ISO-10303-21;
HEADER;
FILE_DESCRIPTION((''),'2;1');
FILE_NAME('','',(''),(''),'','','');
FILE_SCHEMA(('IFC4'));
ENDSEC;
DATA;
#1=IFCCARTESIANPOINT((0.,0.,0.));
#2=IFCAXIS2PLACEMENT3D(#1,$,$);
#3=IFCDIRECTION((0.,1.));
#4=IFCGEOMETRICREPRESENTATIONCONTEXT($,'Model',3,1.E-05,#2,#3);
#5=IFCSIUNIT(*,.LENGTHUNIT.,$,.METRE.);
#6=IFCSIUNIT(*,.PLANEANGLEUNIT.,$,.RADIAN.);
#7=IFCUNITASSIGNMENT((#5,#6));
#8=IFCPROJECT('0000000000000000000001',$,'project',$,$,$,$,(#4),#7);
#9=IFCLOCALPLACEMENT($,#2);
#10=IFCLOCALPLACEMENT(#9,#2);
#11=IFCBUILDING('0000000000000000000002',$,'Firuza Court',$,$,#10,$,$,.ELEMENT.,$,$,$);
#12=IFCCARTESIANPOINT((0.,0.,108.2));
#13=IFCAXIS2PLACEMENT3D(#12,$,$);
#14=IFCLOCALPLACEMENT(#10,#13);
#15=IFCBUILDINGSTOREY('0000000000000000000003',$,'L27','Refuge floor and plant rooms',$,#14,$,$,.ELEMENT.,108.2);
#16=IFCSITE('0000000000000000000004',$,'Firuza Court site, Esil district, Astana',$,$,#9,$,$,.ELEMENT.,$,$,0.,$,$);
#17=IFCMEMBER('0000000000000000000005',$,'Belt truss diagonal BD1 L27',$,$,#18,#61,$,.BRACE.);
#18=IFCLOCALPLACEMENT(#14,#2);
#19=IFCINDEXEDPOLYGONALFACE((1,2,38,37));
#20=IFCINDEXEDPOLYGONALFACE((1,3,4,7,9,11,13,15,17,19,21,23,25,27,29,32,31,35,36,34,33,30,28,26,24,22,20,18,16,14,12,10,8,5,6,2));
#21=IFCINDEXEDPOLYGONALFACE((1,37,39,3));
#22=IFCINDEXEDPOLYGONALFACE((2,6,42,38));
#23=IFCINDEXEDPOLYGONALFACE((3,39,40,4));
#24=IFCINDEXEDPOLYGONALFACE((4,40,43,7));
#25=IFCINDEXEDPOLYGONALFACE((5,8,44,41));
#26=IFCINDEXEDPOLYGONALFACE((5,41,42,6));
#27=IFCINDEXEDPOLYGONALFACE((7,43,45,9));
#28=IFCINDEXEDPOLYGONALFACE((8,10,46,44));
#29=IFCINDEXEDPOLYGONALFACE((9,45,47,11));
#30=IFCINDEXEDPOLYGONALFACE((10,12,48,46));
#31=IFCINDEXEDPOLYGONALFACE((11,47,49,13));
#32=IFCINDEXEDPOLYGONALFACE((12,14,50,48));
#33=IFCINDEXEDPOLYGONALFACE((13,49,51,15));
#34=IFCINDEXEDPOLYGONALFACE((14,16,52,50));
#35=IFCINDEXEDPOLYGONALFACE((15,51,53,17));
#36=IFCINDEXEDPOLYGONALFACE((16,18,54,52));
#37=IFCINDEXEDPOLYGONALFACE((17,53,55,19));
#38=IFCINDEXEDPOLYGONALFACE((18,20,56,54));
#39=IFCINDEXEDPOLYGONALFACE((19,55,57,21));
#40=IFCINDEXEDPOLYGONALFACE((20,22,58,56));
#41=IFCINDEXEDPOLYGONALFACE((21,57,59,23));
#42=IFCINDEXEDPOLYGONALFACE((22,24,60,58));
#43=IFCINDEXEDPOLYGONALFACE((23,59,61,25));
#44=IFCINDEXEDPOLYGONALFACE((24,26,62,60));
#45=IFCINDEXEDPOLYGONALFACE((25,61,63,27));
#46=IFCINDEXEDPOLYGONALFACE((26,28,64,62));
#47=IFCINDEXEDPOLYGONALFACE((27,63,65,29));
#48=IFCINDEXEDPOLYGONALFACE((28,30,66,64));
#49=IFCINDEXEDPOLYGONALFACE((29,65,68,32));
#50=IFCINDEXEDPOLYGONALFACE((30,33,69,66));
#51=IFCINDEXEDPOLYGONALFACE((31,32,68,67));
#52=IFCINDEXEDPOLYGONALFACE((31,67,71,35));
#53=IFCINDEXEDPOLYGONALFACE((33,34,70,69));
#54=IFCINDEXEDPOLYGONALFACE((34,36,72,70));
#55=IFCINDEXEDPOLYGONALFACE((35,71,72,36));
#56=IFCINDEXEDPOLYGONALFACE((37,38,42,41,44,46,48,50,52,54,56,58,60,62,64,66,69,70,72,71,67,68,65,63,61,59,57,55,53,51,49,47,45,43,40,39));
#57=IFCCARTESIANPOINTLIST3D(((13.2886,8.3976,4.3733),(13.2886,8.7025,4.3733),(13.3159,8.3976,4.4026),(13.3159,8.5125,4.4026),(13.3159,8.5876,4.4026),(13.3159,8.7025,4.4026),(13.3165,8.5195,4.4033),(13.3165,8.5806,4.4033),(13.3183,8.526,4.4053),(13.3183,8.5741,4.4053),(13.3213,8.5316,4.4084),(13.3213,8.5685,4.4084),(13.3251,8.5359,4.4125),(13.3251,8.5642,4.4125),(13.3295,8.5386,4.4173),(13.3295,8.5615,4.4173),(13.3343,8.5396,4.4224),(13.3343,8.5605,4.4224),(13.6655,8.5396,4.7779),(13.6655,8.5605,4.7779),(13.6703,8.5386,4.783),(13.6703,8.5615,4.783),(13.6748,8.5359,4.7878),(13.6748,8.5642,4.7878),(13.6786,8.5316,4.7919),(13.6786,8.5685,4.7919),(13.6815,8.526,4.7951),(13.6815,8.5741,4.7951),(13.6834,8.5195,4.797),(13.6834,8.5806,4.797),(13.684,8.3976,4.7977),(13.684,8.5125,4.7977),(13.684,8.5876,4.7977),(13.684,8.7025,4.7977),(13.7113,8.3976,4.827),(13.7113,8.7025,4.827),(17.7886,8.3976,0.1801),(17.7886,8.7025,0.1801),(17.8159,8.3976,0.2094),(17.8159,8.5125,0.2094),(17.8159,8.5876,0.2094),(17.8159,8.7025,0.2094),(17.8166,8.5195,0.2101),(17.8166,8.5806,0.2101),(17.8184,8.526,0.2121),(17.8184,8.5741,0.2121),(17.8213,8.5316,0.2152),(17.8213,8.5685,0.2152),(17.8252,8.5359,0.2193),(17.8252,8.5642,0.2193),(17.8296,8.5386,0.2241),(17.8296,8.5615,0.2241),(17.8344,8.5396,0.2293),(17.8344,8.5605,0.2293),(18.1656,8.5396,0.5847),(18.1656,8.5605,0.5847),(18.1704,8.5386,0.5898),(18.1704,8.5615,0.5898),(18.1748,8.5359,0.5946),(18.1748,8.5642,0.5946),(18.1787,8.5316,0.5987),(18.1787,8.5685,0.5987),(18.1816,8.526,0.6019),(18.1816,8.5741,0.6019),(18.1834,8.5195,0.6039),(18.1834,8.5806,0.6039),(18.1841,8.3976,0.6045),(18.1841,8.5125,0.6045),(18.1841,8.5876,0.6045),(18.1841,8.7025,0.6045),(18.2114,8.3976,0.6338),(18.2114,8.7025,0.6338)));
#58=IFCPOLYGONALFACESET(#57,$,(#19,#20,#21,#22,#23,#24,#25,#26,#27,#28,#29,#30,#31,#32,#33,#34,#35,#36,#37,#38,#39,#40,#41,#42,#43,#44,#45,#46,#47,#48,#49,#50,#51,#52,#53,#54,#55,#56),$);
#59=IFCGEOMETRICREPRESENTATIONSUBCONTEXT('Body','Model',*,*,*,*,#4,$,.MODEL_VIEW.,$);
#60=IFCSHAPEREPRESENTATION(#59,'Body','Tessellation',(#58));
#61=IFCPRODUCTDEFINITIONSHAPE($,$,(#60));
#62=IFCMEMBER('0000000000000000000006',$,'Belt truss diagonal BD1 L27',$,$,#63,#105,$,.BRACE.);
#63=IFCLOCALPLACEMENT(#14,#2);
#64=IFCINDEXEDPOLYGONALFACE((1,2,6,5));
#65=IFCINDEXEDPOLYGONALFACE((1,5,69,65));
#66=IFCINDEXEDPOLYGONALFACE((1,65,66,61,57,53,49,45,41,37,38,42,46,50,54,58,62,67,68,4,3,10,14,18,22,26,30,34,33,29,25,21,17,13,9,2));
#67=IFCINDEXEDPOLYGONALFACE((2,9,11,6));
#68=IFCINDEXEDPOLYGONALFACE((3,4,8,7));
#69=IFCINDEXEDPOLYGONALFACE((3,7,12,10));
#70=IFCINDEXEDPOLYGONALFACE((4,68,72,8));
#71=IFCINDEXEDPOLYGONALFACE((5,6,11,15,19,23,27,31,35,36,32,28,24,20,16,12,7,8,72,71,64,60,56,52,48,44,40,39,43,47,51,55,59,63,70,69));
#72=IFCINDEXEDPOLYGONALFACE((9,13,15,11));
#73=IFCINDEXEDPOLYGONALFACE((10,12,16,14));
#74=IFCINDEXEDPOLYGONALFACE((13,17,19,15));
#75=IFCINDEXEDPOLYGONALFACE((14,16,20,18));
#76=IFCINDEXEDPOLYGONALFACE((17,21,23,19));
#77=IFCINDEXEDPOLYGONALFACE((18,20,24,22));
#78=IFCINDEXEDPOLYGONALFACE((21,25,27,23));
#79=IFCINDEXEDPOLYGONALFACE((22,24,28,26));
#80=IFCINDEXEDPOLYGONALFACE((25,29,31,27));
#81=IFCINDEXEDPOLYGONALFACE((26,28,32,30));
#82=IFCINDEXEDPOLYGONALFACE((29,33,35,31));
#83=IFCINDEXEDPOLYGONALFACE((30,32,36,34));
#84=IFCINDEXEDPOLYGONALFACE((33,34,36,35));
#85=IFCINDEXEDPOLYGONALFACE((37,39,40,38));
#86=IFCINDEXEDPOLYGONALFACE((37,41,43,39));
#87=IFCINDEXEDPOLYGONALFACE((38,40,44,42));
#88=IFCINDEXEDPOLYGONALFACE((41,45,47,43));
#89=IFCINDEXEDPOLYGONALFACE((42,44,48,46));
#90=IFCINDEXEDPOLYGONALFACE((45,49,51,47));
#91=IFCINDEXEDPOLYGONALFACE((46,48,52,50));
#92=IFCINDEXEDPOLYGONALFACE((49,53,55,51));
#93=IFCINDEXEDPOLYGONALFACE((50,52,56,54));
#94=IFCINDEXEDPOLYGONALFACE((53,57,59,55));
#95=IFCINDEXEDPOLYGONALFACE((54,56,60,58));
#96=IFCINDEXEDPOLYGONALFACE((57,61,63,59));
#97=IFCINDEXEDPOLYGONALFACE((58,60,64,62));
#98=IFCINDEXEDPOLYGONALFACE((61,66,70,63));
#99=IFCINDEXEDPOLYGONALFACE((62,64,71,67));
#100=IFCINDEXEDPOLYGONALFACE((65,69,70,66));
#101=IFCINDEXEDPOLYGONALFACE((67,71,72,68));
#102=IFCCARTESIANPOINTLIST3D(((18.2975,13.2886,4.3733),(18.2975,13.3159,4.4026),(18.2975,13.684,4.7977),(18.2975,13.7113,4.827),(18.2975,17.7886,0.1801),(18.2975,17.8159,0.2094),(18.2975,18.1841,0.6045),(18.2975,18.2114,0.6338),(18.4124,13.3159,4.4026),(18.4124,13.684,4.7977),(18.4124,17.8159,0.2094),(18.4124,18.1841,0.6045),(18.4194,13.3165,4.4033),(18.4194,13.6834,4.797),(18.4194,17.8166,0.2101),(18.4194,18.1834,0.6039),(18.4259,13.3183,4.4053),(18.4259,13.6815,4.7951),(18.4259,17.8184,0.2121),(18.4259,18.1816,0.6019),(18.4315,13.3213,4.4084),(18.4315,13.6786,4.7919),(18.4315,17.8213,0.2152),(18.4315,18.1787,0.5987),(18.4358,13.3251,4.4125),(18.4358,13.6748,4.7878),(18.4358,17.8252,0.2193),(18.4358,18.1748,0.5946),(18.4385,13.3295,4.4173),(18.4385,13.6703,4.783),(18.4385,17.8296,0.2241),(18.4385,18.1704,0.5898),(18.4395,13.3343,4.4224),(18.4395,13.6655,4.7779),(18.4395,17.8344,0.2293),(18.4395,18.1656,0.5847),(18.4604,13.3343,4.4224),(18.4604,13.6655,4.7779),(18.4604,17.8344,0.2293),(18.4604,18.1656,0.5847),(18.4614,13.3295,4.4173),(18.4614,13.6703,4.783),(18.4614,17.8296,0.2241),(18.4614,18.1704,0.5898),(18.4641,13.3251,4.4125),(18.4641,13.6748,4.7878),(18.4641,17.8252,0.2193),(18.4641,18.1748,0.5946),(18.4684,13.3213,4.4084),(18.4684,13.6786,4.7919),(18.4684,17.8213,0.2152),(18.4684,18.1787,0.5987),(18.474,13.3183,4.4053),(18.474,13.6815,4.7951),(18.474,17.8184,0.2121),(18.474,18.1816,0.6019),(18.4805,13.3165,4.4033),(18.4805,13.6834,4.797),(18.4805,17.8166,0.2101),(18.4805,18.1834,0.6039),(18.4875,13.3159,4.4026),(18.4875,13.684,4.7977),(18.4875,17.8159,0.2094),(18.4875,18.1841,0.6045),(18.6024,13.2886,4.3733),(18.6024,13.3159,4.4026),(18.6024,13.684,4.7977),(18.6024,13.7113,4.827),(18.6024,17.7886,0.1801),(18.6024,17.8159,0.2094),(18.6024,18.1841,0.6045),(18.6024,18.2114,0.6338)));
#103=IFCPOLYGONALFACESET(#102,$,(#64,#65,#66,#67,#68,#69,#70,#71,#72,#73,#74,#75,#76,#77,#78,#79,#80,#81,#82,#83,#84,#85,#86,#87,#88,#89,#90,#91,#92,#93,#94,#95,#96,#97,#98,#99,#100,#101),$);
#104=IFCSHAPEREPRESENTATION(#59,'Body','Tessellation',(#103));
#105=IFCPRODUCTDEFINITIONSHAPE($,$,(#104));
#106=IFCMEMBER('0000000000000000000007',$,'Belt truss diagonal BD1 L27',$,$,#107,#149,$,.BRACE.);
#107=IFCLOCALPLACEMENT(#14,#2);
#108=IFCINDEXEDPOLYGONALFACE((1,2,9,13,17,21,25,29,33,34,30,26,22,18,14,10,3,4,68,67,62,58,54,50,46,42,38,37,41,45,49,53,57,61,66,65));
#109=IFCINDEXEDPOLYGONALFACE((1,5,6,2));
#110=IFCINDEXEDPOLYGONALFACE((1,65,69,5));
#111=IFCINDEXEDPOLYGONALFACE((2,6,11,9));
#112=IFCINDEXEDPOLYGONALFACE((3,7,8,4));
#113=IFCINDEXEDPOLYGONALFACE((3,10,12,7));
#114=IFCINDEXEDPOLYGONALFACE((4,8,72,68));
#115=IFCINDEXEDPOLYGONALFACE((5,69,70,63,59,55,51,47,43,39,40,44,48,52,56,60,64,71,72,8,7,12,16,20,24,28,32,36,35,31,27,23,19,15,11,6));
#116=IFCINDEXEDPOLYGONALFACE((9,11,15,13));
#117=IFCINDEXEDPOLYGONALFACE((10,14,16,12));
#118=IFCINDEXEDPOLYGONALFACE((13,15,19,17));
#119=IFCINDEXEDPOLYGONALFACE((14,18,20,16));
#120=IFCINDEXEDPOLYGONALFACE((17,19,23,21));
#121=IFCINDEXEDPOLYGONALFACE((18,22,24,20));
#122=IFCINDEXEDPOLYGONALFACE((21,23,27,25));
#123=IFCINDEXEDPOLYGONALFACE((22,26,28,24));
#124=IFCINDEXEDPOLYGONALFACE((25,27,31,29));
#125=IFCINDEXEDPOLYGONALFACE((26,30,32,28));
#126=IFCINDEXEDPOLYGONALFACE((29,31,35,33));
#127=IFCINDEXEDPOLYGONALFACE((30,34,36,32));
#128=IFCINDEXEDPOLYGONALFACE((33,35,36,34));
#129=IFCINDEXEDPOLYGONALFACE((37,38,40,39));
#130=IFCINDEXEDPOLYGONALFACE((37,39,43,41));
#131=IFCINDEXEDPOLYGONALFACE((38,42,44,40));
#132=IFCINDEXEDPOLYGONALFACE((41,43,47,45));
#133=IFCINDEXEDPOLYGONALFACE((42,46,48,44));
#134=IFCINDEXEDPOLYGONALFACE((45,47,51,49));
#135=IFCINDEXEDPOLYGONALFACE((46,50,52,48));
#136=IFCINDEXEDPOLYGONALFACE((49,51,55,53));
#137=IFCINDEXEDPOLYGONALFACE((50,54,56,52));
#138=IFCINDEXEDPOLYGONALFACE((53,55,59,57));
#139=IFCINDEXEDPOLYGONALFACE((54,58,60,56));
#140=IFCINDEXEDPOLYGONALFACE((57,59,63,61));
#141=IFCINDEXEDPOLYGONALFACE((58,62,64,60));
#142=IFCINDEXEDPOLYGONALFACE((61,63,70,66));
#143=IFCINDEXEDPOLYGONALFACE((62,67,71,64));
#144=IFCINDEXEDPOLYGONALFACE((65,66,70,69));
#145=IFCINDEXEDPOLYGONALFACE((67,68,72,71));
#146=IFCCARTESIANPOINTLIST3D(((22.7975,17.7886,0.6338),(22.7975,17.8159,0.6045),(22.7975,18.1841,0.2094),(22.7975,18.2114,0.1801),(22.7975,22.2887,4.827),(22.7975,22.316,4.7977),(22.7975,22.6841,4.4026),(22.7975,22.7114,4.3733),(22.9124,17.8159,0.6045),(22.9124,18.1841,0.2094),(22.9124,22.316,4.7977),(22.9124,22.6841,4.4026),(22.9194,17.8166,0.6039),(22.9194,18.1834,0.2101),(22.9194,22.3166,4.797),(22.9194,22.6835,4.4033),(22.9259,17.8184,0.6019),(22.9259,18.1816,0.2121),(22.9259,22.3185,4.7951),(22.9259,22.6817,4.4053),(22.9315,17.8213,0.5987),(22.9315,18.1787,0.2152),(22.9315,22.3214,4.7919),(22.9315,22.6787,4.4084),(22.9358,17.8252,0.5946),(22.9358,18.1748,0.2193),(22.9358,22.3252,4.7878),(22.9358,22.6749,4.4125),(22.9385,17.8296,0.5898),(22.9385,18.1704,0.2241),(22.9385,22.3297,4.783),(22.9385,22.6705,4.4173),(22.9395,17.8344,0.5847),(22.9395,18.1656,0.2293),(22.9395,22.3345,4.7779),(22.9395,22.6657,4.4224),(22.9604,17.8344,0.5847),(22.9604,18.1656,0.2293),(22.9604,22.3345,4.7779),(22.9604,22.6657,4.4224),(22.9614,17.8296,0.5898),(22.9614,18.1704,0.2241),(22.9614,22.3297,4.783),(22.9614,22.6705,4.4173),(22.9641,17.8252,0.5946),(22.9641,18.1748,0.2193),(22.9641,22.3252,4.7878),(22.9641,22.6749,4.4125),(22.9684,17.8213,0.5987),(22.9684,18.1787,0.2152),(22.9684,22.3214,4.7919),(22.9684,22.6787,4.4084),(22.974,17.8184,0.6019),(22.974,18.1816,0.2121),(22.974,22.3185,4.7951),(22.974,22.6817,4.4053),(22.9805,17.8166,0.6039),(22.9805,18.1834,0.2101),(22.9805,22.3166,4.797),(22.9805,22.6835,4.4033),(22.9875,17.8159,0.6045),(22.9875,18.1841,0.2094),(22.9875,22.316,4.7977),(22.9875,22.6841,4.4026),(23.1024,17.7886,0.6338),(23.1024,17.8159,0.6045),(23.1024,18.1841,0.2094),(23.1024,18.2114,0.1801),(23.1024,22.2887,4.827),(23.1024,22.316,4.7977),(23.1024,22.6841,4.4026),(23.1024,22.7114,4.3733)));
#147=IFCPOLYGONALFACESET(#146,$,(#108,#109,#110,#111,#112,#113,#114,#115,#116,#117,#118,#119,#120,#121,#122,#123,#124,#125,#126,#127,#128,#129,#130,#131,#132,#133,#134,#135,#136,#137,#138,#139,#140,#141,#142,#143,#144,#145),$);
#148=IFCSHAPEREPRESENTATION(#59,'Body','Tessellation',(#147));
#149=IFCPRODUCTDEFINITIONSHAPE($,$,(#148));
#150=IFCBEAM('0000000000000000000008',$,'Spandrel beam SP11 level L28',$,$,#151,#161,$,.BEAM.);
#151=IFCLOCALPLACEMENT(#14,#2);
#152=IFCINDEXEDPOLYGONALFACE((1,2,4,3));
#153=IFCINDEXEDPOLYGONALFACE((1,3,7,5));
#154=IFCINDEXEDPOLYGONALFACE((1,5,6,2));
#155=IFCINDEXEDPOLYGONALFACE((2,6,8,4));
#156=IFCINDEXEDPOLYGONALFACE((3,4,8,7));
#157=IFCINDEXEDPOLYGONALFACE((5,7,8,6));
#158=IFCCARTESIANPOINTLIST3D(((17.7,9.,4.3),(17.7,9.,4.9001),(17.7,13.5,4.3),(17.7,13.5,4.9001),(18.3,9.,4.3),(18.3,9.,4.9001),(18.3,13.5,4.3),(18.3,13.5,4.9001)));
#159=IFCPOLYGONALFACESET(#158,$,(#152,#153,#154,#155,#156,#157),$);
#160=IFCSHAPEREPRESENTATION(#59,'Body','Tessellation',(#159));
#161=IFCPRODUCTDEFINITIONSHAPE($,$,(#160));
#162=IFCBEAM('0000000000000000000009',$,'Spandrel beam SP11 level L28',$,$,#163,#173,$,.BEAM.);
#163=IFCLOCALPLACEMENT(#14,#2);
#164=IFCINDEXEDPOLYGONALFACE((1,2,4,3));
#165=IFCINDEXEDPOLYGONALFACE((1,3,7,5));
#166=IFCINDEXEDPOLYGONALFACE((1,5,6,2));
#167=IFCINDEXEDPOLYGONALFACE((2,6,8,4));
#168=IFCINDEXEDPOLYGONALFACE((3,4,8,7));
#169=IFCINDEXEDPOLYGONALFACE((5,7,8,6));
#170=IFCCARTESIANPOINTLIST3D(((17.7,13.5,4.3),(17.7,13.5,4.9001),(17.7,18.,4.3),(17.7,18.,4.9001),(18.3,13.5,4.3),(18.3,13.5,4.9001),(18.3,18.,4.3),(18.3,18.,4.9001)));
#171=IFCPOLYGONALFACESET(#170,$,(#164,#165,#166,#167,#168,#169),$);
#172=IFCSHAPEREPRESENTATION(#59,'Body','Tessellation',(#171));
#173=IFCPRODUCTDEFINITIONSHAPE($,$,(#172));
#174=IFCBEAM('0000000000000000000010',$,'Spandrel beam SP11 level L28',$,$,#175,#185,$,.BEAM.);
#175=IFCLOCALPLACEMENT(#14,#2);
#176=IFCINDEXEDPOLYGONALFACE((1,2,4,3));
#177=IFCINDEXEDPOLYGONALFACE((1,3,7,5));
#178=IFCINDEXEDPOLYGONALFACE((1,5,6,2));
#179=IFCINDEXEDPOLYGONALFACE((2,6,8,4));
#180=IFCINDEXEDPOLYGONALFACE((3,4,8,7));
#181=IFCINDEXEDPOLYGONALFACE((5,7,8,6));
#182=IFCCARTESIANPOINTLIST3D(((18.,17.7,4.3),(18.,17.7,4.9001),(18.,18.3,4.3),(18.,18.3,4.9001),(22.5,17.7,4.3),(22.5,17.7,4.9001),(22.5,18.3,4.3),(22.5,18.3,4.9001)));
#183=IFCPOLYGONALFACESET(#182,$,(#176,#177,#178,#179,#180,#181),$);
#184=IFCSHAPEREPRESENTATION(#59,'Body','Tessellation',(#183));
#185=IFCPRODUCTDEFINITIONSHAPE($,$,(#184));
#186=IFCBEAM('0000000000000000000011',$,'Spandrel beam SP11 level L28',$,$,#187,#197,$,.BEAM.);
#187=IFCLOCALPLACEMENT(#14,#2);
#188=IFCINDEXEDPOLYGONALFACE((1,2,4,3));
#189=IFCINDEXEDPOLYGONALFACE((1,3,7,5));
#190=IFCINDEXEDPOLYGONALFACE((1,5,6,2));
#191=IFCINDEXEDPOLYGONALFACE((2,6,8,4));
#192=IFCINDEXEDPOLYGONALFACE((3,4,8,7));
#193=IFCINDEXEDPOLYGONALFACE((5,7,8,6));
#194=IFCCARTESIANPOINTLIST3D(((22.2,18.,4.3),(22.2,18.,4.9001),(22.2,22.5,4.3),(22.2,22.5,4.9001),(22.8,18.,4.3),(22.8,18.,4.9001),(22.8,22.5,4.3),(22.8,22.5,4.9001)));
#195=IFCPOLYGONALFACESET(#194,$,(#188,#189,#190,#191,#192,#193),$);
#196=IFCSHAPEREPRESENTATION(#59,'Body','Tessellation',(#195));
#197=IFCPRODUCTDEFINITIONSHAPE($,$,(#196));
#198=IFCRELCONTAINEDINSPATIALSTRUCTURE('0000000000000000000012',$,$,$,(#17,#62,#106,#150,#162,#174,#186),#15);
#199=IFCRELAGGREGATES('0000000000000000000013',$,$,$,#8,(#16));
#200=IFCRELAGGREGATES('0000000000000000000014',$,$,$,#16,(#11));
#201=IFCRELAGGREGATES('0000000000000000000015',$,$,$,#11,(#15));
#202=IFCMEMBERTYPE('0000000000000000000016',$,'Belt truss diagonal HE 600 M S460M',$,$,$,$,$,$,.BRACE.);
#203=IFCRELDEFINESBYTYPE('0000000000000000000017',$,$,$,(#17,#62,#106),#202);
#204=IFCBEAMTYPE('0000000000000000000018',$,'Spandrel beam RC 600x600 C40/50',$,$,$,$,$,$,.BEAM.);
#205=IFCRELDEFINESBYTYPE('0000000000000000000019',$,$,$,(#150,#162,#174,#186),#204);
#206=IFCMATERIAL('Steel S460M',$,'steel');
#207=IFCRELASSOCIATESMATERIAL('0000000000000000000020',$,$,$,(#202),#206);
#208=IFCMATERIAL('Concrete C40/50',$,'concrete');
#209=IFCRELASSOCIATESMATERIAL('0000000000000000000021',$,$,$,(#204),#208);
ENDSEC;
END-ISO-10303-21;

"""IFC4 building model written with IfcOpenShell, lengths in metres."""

from ifc_helpers import new_model, si_unit, direction, frame, origin, origin_2d, place, context, subcontext, project, spatial, rectangle, i_section, extrude, material, material_profile, profile_set, type_object, element, save


model = new_model("IFC4")

# Units and contexts
model_context = context("Model", 3, precision=1e-05, world=origin(), true_north=direction((0.0, 1.0)))
body_context = subcontext(model_context, "Body", "Model", "MODEL_VIEW")
ifc_project = project(units=[si_unit("LENGTHUNIT", "METRE"), si_unit("PLANEANGLEUNIT", "RADIAN")], contexts=[model_context])

# Site, building, storey
site_placement = place(None, origin())
site = spatial("IfcSite", under=ifc_project, at=site_placement, Name="Firuza Court site, Esil district, Astana", CompositionType="ELEMENT", RefElevation=0.0)
building_placement = place(site_placement, origin())
building = spatial("IfcBuilding", under=site, at=building_placement, Name="Firuza Court", CompositionType="ELEMENT")
storey_placement = place(building_placement, frame((0.0, 0.0, 108.2)))
storey = spatial("IfcBuildingStorey", under=building, at=storey_placement, Name="L27", Description="Refuge floor and plant rooms", CompositionType="ELEMENT", Elevation=108.2)

# Members
ifc_material_1 = material(Name="Steel S460M", Category="steel")
ifc_material_profile_1 = material_profile(ifc_material_1, i_section(OverallWidth=0.3049, OverallDepth=0.6201, WebThickness=0.021, FlangeThickness=0.04, FilletRadius=0.0271, at=origin_2d()), Name="HE 600 M")
ifc_profile_set_1 = profile_set([ifc_material_profile_1], Name="Steel S460M")
member_type_1 = type_object("IfcMemberType", Name="Belt truss diagonal HE 600 M S460M", PredefinedType="BRACE", material=ifc_profile_set_1)
for number, where, z_axis, x_axis, name in (
    (1, (18.0, 8.55, 0.407), (-0.731613, 0.0, 0.68172), (0.0, -1.0, 0.0), "Belt truss diagonal BD1 L27"),
    (2, (18.45, 18.0, 0.407), (0.0, -0.731613, 0.68172), (1.0, 0.0, 0.0), "Belt truss diagonal BD1 L27"),
    (3, (22.95, 18.0, 0.407), (0.0, 0.731613, 0.68172), (-1.0, 0.0, 0.0), "Belt truss diagonal BD1 L27"),
):
    element("IfcMember", number, at=place(storey_placement, frame(where, z_axis=z_axis, x_axis=x_axis)), inside=storey, type_object=member_type_1, Name=name, PredefinedType="BRACE", context=body_context, shape_type="SweptSolid", body=[
        extrude(i_section(OverallWidth=0.3049, OverallDepth=0.6201, WebThickness=0.021, FlangeThickness=0.04, FilletRadius=0.0271, at=origin_2d()), origin(), (0.0, 0.0, 1.0), 6.1509),
    ])

# Beams
ifc_material_2 = material(Name="Concrete C40/50", Category="concrete")
ifc_material_profile_2 = material_profile(ifc_material_2, rectangle(XDim=0.6001, YDim=0.6001, at=origin_2d()), Name="RC 600x600")
ifc_profile_set_2 = profile_set([ifc_material_profile_2], Name="Concrete C40/50")
beam_type = type_object("IfcBeamType", Name="Spandrel beam RC 600x600 C40/50", PredefinedType="BEAM", material=ifc_profile_set_2)
for number, where, z_axis, x_axis, name in (
    (4, (18.0, 9.0, 4.6001), (0.0, 1.0, 0.0), (-1.0, 0.0, 0.0), "Spandrel beam SP11 level L28"),
    (5, (18.0, 13.5, 4.6001), (0.0, 1.0, 0.0), (-1.0, 0.0, 0.0), "Spandrel beam SP11 level L28"),
    (6, (18.0, 18.0, 4.6001), (1.0, 0.0, 0.0), (0.0, 1.0, 0.0), "Spandrel beam SP11 level L28"),
    (7, (22.5, 18.0, 4.6001), (0.0, 1.0, 0.0), (-1.0, 0.0, 0.0), "Spandrel beam SP11 level L28"),
):
    element("IfcBeam", number, at=place(storey_placement, frame(where, z_axis=z_axis, x_axis=x_axis)), inside=storey, type_object=beam_type, Name=name, PredefinedType="BEAM", context=body_context, shape_type="SweptSolid", body=[
        extrude(rectangle(XDim=0.6001, YDim=0.6001, at=origin_2d()), origin(), (0.0, 0.0, 1.0), 4.5),
    ])

save(model, "model.ifc")
